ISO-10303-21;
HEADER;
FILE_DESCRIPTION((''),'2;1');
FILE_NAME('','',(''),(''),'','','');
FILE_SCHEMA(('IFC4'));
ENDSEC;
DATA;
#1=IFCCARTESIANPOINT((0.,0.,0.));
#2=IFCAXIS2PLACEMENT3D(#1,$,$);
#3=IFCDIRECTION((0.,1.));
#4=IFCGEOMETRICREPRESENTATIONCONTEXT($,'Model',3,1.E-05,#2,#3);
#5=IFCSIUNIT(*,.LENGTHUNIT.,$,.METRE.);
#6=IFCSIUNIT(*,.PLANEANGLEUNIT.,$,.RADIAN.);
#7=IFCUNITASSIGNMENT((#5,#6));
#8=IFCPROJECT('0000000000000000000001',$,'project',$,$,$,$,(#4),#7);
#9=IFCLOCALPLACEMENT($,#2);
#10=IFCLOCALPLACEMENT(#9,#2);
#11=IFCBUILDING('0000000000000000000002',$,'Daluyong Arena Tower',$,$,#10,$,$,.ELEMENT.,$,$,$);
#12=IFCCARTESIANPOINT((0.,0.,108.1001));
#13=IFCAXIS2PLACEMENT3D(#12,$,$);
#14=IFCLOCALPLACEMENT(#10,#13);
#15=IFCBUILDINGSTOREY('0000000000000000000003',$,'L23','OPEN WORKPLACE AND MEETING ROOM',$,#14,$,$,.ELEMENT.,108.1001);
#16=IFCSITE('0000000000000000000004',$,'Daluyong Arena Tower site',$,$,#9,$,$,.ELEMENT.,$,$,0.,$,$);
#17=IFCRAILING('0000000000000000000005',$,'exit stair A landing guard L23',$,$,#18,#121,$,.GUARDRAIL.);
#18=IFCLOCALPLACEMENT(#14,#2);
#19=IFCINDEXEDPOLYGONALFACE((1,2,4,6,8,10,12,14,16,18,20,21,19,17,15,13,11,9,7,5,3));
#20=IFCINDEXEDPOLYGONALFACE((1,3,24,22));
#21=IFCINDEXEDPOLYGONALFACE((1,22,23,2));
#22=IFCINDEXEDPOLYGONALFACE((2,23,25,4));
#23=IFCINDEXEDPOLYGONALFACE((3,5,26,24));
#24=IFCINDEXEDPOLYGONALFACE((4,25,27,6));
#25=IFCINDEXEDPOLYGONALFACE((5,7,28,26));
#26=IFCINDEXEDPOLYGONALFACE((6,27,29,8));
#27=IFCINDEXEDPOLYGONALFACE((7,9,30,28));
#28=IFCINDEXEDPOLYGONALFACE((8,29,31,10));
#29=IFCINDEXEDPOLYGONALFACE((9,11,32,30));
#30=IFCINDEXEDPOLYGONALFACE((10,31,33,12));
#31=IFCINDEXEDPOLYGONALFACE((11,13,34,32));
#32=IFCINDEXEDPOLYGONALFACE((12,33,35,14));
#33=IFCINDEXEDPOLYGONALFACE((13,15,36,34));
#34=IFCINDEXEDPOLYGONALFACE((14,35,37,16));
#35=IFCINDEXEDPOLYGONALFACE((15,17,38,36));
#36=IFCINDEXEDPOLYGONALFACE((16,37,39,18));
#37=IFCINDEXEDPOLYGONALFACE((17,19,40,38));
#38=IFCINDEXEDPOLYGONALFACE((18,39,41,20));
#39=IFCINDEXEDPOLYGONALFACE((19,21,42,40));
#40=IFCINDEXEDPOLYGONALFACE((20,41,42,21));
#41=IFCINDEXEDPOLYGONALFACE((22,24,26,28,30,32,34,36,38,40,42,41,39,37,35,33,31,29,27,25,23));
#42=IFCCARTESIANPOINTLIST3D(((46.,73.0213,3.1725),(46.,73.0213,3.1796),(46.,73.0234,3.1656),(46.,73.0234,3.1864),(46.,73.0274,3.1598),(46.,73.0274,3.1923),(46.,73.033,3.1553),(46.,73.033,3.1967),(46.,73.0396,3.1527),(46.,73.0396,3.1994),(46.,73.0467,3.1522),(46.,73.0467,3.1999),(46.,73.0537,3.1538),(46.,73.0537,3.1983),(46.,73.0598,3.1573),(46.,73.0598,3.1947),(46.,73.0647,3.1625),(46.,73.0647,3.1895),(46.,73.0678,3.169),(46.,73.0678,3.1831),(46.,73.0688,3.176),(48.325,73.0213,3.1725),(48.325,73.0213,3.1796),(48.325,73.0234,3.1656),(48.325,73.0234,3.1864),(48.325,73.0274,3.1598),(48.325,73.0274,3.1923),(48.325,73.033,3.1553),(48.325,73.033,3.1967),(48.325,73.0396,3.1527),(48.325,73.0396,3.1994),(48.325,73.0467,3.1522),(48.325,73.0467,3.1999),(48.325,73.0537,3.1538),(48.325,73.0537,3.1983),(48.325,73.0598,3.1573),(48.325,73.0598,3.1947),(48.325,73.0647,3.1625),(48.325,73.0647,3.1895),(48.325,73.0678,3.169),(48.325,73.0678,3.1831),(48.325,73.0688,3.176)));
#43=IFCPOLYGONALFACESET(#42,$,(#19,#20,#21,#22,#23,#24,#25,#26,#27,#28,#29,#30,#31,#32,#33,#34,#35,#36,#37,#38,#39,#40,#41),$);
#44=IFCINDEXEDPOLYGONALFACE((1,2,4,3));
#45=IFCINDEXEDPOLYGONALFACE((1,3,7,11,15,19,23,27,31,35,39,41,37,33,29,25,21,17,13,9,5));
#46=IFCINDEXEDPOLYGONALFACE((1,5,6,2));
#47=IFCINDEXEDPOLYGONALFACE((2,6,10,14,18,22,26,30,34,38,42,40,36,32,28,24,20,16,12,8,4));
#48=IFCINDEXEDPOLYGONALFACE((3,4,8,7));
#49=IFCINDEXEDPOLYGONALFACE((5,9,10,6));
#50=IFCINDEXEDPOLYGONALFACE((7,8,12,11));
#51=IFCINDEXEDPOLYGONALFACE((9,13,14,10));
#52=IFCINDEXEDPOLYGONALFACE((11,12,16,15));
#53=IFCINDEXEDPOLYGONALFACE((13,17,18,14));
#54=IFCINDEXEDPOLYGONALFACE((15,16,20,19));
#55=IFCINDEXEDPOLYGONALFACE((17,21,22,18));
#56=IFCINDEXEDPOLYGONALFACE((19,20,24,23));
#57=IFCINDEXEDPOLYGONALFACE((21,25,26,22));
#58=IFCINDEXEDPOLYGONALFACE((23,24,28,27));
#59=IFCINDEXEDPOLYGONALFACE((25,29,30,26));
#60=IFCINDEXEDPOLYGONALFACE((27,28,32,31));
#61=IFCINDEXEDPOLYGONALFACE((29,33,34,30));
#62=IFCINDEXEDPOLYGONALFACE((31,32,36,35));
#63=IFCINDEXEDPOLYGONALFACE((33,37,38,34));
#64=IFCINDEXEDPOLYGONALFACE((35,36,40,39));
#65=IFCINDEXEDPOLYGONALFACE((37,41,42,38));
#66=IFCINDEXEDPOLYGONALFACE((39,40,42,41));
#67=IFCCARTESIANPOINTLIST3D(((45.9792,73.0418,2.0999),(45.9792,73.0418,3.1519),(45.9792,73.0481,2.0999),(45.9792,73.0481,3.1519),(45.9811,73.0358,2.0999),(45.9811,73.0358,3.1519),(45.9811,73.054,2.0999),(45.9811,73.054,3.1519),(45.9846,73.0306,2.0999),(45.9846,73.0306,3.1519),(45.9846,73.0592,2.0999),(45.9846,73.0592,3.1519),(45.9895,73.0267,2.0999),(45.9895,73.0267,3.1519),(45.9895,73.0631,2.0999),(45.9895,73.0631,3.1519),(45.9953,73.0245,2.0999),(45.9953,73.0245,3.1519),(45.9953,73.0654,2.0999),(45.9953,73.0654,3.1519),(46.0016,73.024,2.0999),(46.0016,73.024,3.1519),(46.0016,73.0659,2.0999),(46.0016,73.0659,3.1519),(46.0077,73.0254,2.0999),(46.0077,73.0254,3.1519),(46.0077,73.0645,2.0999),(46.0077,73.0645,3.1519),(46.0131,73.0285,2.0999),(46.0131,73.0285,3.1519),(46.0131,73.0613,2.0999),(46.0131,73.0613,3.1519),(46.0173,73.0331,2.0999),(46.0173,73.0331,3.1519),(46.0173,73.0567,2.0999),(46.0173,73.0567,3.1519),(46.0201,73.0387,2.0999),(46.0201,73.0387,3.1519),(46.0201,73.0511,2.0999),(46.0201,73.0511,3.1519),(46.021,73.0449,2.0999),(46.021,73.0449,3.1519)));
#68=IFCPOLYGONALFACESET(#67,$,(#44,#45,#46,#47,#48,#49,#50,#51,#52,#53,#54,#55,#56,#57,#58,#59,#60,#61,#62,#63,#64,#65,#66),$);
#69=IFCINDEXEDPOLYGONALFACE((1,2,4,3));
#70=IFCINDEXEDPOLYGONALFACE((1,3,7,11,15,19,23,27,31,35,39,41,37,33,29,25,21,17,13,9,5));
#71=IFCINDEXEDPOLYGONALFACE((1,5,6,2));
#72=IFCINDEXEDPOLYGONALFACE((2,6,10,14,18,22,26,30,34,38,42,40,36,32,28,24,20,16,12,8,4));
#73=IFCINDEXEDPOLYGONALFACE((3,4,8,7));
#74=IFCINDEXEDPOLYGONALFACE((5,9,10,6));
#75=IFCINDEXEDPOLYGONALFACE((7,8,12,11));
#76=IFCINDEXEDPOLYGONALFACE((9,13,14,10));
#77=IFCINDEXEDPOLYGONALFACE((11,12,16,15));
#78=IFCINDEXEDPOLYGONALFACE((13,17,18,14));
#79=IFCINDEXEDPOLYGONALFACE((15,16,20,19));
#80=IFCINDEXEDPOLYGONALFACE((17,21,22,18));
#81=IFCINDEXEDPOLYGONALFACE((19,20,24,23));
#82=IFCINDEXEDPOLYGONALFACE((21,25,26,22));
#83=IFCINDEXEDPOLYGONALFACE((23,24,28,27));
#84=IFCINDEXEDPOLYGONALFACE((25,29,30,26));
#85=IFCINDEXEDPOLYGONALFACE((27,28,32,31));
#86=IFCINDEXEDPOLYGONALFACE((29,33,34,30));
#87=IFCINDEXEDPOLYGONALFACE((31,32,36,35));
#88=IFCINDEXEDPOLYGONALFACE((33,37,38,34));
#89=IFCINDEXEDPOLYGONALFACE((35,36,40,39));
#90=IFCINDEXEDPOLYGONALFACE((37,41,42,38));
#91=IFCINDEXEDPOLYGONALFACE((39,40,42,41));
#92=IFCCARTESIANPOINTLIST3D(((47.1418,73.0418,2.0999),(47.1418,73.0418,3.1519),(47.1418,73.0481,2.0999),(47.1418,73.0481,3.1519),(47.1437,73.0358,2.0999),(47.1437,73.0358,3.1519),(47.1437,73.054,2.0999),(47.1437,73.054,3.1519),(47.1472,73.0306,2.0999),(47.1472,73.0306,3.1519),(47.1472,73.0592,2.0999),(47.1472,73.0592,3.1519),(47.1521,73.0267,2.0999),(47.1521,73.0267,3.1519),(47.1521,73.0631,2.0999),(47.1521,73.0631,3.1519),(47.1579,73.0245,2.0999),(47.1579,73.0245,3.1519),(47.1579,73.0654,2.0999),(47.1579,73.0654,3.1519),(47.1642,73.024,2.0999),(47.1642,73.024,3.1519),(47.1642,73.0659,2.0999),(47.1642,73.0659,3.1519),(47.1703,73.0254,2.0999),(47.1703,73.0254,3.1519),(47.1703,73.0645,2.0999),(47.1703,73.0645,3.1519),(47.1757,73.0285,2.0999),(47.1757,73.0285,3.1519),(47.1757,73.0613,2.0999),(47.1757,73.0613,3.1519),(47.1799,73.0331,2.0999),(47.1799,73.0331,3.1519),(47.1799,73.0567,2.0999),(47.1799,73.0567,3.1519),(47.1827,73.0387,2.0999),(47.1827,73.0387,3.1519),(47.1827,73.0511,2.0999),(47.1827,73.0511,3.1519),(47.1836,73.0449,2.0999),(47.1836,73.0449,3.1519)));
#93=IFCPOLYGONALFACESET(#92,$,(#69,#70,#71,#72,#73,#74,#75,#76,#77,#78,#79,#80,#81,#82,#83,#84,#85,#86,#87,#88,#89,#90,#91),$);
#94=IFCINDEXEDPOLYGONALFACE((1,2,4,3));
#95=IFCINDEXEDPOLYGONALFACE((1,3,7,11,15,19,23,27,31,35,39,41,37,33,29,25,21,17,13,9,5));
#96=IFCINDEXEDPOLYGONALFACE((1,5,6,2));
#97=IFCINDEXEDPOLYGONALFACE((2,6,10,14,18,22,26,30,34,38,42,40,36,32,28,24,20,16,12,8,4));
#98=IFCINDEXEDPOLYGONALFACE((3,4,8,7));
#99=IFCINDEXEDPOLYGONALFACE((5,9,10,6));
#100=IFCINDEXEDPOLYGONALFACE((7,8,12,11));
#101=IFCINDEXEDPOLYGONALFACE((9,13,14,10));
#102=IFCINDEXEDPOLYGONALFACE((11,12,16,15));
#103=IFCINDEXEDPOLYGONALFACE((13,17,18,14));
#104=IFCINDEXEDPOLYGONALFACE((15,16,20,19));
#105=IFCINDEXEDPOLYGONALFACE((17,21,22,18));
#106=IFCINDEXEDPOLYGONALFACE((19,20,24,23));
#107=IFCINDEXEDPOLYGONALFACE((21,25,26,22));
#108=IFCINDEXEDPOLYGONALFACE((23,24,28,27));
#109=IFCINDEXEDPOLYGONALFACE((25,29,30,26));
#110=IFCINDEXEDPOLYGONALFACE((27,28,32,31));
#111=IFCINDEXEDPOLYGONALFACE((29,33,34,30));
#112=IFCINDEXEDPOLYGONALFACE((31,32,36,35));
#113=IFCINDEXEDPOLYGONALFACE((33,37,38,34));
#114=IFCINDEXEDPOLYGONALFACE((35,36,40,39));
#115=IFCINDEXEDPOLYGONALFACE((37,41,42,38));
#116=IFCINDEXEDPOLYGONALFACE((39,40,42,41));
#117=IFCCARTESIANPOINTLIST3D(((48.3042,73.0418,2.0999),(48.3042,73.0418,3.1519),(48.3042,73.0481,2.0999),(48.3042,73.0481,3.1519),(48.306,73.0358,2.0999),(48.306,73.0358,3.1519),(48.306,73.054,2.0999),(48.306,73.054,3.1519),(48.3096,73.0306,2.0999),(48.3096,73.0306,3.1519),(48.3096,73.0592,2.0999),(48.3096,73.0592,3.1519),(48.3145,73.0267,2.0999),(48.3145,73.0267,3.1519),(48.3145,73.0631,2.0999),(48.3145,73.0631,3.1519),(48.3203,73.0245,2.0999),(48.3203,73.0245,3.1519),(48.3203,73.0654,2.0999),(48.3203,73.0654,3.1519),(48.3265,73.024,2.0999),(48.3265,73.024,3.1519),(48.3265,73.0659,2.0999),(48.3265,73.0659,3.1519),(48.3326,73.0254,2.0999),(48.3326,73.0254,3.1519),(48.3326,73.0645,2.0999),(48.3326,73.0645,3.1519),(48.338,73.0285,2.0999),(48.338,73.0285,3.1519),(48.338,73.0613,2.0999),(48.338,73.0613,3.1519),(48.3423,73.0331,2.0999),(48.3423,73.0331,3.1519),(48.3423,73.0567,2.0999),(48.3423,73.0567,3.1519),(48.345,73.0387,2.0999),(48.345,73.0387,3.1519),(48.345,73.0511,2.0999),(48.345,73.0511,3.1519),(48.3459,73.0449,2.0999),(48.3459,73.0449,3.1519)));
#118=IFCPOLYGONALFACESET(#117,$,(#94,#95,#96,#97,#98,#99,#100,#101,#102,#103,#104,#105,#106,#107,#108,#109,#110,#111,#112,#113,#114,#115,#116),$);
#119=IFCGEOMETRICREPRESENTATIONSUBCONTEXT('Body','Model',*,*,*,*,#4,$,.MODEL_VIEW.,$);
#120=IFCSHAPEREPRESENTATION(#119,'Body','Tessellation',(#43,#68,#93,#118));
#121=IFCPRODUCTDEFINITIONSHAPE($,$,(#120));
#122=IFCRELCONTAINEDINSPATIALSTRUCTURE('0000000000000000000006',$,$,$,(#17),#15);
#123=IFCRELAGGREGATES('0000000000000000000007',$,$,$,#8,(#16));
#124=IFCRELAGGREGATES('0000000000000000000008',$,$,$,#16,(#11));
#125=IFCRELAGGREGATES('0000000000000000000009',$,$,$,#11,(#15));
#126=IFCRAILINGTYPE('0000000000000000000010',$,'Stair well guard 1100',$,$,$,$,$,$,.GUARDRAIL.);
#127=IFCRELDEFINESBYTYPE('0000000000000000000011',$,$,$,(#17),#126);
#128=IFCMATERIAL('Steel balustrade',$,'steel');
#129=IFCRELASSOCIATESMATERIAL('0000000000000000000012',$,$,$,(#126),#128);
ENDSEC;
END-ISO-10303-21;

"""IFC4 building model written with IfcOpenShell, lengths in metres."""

from ifc_helpers import new_model, si_unit, direction, frame, origin, origin_2d, place, context, subcontext, project, spatial, circle, extrude, material, type_object, element, save


model = new_model("IFC4")

# Units and contexts
model_context = context("Model", 3, precision=1e-05, world=origin(), true_north=direction((0.0, 1.0)))
body_context = subcontext(model_context, "Body", "Model", "MODEL_VIEW")
ifc_project = project(units=[si_unit("LENGTHUNIT", "METRE"), si_unit("PLANEANGLEUNIT", "RADIAN")], contexts=[model_context])

# Site, building, storey
site_placement = place(None, origin())
site = spatial("IfcSite", under=ifc_project, at=site_placement, Name="Daluyong Arena Tower site", CompositionType="ELEMENT", RefElevation=0.0)
building_placement = place(site_placement, origin())
building = spatial("IfcBuilding", under=site, at=building_placement, Name="Daluyong Arena Tower", CompositionType="ELEMENT")
storey_placement = place(building_placement, frame((0.0, 0.0, 108.1001)))
storey = spatial("IfcBuildingStorey", under=building, at=storey_placement, Name="L23", Description="OPEN WORKPLACE AND MEETING ROOM", CompositionType="ELEMENT", Elevation=108.1001)

# Railing
ifc_material_1 = material(Name="Steel balustrade", Category="steel")
railing_type = type_object("IfcRailingType", Name="Stair well guard 1100", PredefinedType="GUARDRAIL", material=ifc_material_1)
railing_1_placement = place(storey_placement, frame((46.0, 73.0449, 2.0999)))
element("IfcRailing", 1, at=railing_1_placement, inside=storey, type_object=railing_type, Name="exit stair A landing guard L23", PredefinedType="GUARDRAIL", context=body_context, shape_type="SweptSolid", body=[
    extrude(circle(Radius=0.0239, at=origin_2d()), frame((0.0, 0.0, 1.0762), z_axis=(1.0, 0.0, 0.0), x_axis=(0.0, 1.0, 0.0)), (0.0, 0.0, 1.0), 2.325),
    extrude(circle(Radius=0.021, at=origin_2d()), origin(), (0.0, 0.0, 1.0), 1.052),
    extrude(circle(Radius=0.021, at=origin_2d()), frame((1.1626, 0.0, 0.0)), (0.0, 0.0, 1.0), 1.052),
    extrude(circle(Radius=0.021, at=origin_2d()), frame((2.325, 0.0, 0.0)), (0.0, 0.0, 1.0), 1.052),
])

save(model, "model.ifc")
